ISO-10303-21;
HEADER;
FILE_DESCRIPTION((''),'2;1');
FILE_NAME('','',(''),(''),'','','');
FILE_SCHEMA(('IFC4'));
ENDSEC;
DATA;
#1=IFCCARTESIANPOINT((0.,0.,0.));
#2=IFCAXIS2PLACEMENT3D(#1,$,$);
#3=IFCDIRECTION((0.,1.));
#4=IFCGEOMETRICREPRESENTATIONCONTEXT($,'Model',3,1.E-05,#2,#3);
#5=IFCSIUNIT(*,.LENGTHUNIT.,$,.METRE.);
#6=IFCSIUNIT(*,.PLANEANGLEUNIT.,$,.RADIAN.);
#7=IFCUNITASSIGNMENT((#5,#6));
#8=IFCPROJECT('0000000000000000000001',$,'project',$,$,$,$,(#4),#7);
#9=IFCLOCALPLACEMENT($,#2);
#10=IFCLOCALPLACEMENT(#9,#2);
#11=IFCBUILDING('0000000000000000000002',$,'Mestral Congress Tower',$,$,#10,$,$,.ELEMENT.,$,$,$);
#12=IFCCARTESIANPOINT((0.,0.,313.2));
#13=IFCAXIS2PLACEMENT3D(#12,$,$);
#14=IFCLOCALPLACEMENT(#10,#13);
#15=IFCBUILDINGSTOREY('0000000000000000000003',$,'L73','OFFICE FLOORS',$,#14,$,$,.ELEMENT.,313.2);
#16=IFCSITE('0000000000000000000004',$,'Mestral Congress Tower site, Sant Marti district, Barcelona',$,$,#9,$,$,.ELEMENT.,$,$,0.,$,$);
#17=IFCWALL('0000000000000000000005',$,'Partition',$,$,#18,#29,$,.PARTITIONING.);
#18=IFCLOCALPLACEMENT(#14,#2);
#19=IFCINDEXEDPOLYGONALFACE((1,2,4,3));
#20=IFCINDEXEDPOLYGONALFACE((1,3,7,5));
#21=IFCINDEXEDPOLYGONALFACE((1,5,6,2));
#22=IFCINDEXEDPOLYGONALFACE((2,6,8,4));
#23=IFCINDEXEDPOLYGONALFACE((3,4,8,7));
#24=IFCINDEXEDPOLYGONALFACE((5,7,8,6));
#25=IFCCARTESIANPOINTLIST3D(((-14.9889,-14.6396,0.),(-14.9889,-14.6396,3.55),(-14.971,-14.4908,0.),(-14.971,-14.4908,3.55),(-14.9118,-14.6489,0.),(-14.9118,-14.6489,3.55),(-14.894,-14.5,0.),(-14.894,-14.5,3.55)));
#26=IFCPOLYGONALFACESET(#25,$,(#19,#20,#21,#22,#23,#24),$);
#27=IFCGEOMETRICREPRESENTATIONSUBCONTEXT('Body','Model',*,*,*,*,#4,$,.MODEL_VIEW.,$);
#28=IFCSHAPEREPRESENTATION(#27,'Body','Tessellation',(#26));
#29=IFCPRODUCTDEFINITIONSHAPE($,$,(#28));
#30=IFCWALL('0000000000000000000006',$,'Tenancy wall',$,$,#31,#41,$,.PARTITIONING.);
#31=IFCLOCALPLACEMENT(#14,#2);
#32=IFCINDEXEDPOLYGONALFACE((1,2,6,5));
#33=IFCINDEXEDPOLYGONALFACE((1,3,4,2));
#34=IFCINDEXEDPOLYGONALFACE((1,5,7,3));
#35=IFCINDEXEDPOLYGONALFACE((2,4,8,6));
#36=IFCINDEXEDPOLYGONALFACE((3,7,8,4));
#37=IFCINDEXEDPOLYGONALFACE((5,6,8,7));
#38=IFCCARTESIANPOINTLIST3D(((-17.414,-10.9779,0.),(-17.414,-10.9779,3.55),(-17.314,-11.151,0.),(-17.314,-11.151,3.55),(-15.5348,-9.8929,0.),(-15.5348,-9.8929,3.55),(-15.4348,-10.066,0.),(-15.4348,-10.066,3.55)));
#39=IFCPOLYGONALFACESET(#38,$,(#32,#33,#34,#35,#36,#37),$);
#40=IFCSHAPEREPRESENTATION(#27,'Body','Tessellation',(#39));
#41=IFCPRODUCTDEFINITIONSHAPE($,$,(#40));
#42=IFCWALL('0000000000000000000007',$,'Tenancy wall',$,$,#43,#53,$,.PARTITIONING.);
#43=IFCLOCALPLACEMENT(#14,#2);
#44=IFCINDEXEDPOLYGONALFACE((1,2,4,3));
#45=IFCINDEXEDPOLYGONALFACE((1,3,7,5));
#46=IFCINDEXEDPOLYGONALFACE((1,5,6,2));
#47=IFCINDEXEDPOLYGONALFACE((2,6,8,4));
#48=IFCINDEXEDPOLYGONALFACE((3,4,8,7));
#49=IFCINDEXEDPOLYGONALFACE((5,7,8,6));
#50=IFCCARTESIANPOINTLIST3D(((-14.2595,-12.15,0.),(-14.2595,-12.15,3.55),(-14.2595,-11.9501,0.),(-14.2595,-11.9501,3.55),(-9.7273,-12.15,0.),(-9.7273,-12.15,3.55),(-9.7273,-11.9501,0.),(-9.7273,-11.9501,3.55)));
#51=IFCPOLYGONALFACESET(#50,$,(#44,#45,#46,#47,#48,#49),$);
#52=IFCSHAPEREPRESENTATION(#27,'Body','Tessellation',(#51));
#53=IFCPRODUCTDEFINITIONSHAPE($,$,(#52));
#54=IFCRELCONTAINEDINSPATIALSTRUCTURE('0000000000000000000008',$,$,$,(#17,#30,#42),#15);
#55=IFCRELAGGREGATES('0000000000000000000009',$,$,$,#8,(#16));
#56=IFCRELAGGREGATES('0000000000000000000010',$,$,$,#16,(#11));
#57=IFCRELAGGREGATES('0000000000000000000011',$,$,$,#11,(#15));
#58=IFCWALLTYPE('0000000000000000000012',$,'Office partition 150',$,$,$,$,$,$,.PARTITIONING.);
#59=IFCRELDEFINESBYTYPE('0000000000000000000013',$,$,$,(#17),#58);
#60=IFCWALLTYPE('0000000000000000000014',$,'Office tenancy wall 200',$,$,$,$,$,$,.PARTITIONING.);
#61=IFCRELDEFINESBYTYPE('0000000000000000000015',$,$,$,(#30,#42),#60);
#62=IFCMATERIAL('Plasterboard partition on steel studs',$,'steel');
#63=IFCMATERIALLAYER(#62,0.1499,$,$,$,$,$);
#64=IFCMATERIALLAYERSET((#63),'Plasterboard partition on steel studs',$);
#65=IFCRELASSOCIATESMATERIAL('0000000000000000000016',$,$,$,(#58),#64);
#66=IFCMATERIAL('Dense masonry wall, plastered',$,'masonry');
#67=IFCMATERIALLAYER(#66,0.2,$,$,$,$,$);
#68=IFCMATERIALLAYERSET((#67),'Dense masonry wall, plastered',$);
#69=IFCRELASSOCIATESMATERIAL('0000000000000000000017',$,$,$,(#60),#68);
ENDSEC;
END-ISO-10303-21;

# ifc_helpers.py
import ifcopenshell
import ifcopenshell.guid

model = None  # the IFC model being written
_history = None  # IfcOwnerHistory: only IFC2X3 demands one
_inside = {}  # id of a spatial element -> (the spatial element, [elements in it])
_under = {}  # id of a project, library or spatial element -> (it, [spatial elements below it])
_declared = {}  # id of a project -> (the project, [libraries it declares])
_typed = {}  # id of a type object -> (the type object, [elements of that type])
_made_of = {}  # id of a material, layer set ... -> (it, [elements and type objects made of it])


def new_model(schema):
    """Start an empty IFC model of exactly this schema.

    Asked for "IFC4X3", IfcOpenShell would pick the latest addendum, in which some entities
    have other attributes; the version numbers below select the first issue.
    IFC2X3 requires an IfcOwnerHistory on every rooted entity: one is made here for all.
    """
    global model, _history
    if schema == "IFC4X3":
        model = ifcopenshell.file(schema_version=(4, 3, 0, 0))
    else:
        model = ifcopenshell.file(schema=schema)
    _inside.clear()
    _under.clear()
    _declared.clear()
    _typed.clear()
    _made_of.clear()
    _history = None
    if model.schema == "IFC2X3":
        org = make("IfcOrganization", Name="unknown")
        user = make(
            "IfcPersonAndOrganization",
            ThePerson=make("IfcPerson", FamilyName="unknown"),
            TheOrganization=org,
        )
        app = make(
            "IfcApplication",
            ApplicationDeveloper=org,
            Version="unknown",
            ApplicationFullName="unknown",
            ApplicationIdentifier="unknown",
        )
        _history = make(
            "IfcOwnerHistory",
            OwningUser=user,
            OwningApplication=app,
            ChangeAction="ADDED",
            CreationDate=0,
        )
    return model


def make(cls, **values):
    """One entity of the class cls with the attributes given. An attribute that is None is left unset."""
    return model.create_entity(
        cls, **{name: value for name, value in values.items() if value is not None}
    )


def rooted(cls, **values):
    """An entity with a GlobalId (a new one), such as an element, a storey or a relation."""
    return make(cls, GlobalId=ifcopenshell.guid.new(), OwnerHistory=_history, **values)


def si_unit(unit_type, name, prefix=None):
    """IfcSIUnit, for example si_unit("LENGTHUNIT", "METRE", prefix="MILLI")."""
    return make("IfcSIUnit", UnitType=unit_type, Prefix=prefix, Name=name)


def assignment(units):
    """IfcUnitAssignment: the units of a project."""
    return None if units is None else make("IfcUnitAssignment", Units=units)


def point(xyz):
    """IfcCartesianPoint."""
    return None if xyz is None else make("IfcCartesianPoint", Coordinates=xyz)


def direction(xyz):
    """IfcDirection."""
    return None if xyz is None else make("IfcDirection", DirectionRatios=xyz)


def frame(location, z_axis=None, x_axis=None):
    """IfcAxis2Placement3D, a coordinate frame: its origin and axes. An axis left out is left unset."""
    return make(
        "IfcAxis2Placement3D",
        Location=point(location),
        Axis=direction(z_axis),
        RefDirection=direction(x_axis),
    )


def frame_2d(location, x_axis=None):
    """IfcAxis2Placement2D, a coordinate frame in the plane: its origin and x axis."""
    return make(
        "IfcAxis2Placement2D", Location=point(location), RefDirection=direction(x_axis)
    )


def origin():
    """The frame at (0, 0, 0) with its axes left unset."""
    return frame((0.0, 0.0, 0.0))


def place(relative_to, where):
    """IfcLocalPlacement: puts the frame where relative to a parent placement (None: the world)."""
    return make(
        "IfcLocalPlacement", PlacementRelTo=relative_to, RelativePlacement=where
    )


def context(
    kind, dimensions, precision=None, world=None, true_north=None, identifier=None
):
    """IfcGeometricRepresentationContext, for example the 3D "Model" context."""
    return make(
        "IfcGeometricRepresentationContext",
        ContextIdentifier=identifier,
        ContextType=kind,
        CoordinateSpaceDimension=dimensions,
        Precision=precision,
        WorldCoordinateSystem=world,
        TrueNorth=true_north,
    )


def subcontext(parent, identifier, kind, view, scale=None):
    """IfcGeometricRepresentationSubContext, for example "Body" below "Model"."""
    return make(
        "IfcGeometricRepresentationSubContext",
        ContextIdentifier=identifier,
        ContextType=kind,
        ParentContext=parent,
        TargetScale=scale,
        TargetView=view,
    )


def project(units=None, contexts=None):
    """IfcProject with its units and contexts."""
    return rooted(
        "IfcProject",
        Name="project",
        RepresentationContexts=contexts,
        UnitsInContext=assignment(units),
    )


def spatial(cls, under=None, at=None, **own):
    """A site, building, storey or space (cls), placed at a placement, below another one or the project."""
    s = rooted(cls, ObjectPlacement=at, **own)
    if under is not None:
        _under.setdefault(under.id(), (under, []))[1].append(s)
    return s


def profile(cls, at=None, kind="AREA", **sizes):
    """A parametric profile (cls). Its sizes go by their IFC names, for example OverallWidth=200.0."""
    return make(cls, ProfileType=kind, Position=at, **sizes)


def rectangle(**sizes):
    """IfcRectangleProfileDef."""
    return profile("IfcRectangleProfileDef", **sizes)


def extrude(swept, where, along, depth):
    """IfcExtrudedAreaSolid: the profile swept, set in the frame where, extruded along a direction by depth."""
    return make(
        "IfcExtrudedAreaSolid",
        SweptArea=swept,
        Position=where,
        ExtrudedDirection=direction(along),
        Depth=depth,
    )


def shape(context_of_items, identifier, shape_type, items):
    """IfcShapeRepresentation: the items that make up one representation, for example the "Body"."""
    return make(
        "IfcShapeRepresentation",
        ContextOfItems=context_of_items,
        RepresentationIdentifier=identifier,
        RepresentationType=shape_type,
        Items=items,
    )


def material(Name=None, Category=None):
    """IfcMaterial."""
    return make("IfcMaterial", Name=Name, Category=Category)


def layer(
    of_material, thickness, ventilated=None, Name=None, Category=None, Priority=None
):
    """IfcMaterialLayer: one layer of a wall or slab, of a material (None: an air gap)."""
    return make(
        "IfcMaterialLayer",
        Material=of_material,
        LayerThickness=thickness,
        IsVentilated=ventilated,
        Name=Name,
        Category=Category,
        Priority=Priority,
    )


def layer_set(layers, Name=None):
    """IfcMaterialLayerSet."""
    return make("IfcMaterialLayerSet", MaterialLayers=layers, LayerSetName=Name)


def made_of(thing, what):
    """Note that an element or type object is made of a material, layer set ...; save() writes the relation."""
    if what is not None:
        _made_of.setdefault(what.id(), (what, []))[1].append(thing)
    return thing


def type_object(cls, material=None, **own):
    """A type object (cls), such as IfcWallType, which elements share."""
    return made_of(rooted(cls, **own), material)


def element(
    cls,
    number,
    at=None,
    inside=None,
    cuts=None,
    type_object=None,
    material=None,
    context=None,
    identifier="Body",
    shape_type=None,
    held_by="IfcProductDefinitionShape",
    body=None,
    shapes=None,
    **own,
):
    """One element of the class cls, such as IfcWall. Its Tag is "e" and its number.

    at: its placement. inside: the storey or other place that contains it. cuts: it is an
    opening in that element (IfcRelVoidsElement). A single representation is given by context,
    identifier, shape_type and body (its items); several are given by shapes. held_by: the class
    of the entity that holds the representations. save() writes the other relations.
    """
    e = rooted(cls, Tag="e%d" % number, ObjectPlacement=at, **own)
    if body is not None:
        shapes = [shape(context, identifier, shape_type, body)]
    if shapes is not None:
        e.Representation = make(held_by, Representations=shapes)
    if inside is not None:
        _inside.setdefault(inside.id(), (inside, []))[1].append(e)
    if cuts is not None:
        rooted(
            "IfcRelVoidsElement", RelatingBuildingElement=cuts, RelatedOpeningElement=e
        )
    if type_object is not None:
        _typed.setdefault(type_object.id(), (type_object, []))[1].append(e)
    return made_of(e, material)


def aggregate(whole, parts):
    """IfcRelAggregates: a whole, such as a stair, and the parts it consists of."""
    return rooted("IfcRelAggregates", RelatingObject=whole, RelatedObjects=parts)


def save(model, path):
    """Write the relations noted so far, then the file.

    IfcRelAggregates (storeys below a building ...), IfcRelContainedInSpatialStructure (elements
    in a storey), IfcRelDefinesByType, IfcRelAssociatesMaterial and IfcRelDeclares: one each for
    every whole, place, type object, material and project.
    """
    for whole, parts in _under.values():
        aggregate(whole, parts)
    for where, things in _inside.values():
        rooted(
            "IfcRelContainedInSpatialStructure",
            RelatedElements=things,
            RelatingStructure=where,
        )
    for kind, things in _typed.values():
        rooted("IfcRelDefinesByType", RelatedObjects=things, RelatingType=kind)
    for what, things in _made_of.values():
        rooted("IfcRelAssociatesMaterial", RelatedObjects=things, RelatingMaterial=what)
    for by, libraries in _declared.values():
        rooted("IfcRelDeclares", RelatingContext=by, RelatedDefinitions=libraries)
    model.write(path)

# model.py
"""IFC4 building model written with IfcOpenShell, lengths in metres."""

from ifc_helpers import new_model, si_unit, direction, frame, frame_2d, origin, place, context, subcontext, project, spatial, rectangle, extrude, material, layer, layer_set, type_object, element, save


model = new_model("IFC4")

# Units and contexts
model_context = context("Model", 3, precision=1e-05, world=origin(), true_north=direction((0.0, 1.0)))
body_context = subcontext(model_context, "Body", "Model", "MODEL_VIEW")
ifc_project = project(units=[si_unit("LENGTHUNIT", "METRE"), si_unit("PLANEANGLEUNIT", "RADIAN")], contexts=[model_context])

# Site, building, storey
site_placement = place(None, origin())
site = spatial("IfcSite", under=ifc_project, at=site_placement, Name="Mestral Congress Tower site, Sant Marti district, Barcelona", CompositionType="ELEMENT", RefElevation=0.0)
building_placement = place(site_placement, origin())
building = spatial("IfcBuilding", under=site, at=building_placement, Name="Mestral Congress Tower", CompositionType="ELEMENT")
storey_placement = place(building_placement, frame((0.0, 0.0, 313.2)))
storey = spatial("IfcBuildingStorey", under=building, at=storey_placement, Name="L73", Description="OFFICE FLOORS", CompositionType="ELEMENT", Elevation=313.2)

# Shared definitions
ifc_material_1 = material(Name="Plasterboard partition on steel studs", Category="steel")
ifc_layer_1 = layer(ifc_material_1, 0.1499)
ifc_layer_set_1 = layer_set([ifc_layer_1], Name="Plasterboard partition on steel studs")
wall_type_1 = type_object("IfcWallType", Name="Office partition 150", PredefinedType="PARTITIONING", material=ifc_layer_set_1)

# Walls
wall_1_placement = place(storey_placement, frame((-14.98, -14.5652, 0.0), z_axis=(0.0, 0.0, 1.0), x_axis=(0.992847, -0.119393, 0.0)))
element("IfcWall", 1, at=wall_1_placement, inside=storey, type_object=wall_type_1, Name="Partition", PredefinedType="PARTITIONING", context=body_context, shape_type="SweptSolid", body=[
    extrude(rectangle(XDim=0.0776, YDim=0.1499, at=frame_2d((0.0388, 0.0))), origin(), (0.0, 0.0, 1.0), 3.55),
])
ifc_material_2 = material(Name="Dense masonry wall, plastered", Category="masonry")
ifc_layer_2 = layer(ifc_material_2, 0.2)
ifc_layer_set_2 = layer_set([ifc_layer_2], Name="Dense masonry wall, plastered")
wall_type_2 = type_object("IfcWallType", Name="Office tenancy wall 200", PredefinedType="PARTITIONING", material=ifc_layer_set_2)
wall_2_placement = place(storey_placement, frame((-17.364, -11.0645, 0.0), z_axis=(0.0, 0.0, 1.0), x_axis=(0.866019, 0.500011, 0.0)))
element("IfcWall", 2, at=wall_2_placement, inside=storey, type_object=wall_type_2, Name="Tenancy wall", PredefinedType="PARTITIONING", context=body_context, shape_type="SweptSolid", body=[
    extrude(rectangle(XDim=2.1699, YDim=0.2, at=frame_2d((1.085, 0.0))), origin(), (0.0, 0.0, 1.0), 3.55),
])
wall_3_placement = place(storey_placement, frame((-14.2595, -12.05, 0.0), z_axis=(0.0, 0.0, 1.0), x_axis=(1.0, 0.0, 0.0)))
element("IfcWall", 3, at=wall_3_placement, inside=storey, type_object=wall_type_2, Name="Tenancy wall", PredefinedType="PARTITIONING", context=body_context, shape_type="SweptSolid", body=[
    extrude(rectangle(XDim=4.5322, YDim=0.2, at=frame_2d((2.2661, 0.0))), origin(), (0.0, 0.0, 1.0), 3.55),
])

save(model, "model.ifc")
